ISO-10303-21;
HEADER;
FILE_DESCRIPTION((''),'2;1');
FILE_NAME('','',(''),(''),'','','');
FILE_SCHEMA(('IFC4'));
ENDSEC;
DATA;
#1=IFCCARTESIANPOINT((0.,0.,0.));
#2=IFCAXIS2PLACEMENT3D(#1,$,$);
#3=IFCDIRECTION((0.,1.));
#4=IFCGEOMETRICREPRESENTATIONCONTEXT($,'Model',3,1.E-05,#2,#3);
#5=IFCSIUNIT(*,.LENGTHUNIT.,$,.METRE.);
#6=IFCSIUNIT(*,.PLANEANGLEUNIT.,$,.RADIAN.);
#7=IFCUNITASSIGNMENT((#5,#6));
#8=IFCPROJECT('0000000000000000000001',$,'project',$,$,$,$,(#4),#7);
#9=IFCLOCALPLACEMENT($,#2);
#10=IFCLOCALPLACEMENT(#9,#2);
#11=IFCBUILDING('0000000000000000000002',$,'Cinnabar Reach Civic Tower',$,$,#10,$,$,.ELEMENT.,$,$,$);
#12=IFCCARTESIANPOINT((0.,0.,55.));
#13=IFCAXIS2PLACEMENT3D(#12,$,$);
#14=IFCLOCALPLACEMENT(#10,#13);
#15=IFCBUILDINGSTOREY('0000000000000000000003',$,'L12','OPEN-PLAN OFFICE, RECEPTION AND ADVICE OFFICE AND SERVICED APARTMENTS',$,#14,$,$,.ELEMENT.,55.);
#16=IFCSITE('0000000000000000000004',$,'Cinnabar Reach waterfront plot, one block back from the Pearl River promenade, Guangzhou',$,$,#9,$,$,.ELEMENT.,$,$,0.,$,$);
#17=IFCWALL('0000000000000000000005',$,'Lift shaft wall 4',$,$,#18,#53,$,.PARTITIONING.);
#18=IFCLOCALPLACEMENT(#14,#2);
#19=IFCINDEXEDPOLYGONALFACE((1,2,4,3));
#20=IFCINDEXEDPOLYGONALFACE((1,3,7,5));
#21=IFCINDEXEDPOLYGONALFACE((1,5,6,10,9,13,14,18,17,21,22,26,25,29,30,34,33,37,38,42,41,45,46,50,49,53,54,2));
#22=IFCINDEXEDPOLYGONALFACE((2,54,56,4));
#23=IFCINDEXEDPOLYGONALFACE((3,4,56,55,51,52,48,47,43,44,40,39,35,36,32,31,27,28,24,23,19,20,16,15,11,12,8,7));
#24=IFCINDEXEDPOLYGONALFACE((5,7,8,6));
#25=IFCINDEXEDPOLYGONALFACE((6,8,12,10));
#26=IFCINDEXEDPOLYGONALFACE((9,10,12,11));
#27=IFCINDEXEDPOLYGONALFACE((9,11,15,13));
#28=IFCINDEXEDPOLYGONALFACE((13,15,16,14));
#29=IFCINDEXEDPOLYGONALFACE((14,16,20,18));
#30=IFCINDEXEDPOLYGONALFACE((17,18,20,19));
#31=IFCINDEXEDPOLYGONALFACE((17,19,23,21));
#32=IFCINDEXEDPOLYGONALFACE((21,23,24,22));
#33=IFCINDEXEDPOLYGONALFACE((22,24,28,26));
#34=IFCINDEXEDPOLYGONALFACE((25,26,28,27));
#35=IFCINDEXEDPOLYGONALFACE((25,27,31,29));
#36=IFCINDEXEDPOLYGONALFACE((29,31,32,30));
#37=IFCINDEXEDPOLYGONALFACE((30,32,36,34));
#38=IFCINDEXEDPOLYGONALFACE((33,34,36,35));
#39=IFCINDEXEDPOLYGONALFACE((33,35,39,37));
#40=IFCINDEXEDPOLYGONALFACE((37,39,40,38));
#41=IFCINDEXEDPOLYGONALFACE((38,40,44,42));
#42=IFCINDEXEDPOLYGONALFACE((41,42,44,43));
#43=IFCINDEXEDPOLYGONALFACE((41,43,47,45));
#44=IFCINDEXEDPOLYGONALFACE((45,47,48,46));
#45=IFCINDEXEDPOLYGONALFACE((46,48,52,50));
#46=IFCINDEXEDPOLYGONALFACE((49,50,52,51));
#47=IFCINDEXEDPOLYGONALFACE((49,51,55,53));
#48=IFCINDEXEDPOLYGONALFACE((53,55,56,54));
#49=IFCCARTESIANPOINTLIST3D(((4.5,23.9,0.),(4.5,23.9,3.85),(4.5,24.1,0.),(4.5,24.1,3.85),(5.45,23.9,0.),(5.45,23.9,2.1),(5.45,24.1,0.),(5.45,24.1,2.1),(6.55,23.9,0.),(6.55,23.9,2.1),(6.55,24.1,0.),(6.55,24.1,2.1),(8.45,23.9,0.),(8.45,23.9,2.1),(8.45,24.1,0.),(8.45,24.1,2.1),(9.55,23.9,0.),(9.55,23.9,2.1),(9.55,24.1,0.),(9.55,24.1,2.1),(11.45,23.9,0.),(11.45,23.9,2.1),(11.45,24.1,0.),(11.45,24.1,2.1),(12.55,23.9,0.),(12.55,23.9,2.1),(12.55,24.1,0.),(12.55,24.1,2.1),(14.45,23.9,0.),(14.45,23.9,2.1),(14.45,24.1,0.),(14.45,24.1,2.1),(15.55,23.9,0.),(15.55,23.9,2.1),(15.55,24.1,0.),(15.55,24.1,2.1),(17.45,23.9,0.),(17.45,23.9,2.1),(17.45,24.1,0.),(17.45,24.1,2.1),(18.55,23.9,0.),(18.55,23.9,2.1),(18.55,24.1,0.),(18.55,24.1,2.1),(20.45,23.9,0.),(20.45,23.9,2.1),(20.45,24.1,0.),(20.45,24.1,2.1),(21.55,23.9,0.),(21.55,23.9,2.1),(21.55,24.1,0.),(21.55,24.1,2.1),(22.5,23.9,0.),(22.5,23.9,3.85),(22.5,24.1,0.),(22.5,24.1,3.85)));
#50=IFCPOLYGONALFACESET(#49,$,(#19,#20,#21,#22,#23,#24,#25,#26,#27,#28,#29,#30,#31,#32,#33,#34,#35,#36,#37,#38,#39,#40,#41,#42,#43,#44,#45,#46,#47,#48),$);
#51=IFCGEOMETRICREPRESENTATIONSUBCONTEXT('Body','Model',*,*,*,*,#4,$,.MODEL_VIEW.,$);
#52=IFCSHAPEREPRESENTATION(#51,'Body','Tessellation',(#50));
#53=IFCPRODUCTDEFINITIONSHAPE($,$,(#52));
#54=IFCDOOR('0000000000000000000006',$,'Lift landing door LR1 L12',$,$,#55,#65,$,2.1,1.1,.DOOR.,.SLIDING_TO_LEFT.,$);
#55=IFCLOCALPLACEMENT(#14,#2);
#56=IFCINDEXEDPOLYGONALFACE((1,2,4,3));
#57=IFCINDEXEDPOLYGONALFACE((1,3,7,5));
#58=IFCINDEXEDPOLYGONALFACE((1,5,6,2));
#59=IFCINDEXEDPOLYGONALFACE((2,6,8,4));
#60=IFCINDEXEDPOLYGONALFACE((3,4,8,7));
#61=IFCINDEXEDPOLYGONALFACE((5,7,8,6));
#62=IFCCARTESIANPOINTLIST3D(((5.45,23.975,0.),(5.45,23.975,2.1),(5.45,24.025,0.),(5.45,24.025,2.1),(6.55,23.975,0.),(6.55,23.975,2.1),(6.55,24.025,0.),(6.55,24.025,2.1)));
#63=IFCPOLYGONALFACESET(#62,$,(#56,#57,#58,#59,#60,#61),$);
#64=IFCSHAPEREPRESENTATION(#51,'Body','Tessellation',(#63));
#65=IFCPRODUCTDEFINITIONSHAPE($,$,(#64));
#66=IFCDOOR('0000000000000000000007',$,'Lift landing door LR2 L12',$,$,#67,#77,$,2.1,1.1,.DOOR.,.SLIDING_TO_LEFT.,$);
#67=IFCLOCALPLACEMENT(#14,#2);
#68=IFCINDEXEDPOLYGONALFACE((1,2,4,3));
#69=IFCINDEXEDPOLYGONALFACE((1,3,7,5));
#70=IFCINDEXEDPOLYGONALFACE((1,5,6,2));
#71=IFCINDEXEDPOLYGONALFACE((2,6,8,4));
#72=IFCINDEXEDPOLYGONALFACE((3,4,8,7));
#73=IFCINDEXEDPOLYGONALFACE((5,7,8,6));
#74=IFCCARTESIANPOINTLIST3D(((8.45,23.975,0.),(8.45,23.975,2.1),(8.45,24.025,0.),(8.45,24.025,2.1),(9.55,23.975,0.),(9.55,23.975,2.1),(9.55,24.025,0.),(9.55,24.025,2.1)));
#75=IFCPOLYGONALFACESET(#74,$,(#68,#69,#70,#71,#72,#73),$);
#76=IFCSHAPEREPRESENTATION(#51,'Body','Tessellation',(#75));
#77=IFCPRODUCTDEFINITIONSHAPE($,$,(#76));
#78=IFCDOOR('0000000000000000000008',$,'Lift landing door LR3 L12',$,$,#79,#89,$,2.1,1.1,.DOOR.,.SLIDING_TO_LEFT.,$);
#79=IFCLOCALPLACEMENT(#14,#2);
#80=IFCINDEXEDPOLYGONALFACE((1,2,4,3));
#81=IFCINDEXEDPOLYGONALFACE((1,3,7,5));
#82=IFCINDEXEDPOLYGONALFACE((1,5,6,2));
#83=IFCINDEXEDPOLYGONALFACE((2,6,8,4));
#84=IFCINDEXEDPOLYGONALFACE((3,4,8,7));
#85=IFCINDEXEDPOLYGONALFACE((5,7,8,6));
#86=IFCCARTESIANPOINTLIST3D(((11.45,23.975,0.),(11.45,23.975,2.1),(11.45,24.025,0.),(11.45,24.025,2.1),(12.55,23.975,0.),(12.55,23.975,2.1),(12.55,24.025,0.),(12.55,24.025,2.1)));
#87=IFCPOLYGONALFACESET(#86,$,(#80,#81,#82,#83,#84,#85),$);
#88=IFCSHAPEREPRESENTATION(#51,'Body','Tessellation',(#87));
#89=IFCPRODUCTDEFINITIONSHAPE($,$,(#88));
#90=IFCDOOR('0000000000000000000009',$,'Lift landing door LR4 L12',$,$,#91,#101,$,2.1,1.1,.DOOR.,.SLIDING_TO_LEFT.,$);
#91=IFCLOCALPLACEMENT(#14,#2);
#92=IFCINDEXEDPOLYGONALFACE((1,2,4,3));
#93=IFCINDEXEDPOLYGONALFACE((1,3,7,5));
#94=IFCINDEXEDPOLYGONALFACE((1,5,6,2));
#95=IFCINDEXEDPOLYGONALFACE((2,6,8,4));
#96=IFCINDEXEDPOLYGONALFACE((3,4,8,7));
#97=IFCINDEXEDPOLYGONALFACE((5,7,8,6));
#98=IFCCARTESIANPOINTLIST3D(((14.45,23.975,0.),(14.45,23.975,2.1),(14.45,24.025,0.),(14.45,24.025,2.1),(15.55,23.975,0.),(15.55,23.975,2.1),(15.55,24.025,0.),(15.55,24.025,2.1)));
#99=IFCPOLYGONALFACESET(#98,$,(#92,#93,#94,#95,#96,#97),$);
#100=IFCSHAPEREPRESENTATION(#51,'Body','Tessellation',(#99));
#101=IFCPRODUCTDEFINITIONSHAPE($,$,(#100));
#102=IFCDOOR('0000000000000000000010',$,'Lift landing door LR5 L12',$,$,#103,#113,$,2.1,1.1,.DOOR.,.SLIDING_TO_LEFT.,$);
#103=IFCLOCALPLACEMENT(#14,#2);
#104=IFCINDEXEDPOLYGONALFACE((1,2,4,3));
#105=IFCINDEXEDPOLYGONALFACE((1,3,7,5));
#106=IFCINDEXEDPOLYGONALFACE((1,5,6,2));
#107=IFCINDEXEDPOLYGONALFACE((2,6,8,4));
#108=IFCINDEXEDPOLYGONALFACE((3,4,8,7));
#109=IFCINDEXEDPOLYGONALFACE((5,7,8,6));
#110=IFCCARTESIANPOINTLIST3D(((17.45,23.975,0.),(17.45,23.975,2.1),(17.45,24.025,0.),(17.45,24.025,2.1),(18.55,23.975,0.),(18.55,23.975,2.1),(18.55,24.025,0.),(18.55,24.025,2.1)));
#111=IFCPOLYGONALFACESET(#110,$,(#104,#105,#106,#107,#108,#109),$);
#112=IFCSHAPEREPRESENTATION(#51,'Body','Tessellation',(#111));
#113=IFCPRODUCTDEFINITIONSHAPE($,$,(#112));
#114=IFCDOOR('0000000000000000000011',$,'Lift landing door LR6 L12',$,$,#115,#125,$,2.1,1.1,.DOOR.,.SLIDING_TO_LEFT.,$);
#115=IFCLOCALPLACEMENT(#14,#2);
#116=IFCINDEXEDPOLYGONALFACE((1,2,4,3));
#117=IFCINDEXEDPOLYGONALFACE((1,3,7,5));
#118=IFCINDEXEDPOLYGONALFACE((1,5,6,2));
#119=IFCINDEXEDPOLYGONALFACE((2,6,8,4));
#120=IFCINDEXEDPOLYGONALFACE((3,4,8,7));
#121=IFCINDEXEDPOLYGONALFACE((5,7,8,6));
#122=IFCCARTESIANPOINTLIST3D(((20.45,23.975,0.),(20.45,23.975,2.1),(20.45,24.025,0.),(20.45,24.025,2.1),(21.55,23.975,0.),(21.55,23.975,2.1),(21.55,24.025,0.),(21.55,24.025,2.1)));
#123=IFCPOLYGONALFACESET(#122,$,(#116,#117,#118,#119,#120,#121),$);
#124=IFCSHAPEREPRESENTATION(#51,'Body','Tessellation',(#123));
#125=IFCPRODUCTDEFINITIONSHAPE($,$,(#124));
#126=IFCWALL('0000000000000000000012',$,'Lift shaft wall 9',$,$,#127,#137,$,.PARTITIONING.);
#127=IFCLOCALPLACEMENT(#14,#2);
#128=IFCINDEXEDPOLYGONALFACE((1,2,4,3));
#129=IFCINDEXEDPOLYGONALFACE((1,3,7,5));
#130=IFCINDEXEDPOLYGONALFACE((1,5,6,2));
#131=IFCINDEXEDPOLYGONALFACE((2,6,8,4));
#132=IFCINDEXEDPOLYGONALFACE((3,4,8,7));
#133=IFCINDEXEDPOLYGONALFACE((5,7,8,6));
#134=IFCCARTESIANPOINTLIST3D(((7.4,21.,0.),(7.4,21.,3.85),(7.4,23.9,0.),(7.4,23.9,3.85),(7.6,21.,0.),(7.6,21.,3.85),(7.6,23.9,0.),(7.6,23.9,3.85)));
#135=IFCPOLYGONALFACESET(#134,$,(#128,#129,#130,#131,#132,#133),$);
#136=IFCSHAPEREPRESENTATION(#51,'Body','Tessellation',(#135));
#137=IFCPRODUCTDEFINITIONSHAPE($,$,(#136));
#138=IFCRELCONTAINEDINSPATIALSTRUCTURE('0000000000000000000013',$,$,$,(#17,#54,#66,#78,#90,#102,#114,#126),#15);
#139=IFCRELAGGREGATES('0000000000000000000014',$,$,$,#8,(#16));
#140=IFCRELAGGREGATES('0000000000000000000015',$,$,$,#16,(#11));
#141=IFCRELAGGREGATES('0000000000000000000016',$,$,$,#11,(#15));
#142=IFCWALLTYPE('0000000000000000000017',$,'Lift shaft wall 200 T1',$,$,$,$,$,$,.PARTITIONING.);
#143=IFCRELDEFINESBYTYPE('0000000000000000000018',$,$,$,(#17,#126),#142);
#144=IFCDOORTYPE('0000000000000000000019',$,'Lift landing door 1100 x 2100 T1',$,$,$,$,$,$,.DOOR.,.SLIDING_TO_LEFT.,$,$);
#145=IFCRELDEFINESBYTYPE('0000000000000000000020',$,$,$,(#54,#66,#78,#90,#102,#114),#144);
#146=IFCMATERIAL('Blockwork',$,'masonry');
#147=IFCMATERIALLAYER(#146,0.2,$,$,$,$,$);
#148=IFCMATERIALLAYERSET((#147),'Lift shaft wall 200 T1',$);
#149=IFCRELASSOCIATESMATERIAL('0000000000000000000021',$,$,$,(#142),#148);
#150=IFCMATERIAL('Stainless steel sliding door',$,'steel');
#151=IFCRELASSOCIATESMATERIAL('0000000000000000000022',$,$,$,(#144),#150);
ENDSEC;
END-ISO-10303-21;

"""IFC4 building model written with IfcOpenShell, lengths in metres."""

from ifc_helpers import new_model, si_unit, direction, frame, frame_2d, origin, place, context, subcontext, project, spatial, rectangle, extrude, material, layer, layer_set, type_object, element, fill, save


model = new_model("IFC4")

# Units and contexts
model_context = context("Model", 3, precision=1e-05, world=origin(), true_north=direction((0.0, 1.0)))
body_context = subcontext(model_context, "Body", "Model", "MODEL_VIEW")
ifc_project = project(units=[si_unit("LENGTHUNIT", "METRE"), si_unit("PLANEANGLEUNIT", "RADIAN")], contexts=[model_context])

# Site, building, storey
site_placement = place(None, origin())
site = spatial("IfcSite", under=ifc_project, at=site_placement, Name="Cinnabar Reach waterfront plot, one block back from the Pearl River promenade, Guangzhou", CompositionType="ELEMENT", RefElevation=0.0)
building_placement = place(site_placement, origin())
building = spatial("IfcBuilding", under=site, at=building_placement, Name="Cinnabar Reach Civic Tower", CompositionType="ELEMENT")
storey_placement = place(building_placement, frame((0.0, 0.0, 55.0)))
storey = spatial("IfcBuildingStorey", under=building, at=storey_placement, Name="L12", Description="OPEN-PLAN OFFICE, RECEPTION AND ADVICE OFFICE AND SERVICED APARTMENTS", CompositionType="ELEMENT", Elevation=55.0)

# Wall, openings, doors
ifc_material_1 = material(Name="Blockwork", Category="masonry")
ifc_layer_1 = layer(ifc_material_1, 0.2)
ifc_layer_set_1 = layer_set([ifc_layer_1], Name="Lift shaft wall 200 T1")
wall_type_1 = type_object("IfcWallType", Name="Lift shaft wall 200 T1", PredefinedType="PARTITIONING", material=ifc_layer_set_1)
wall_1_placement = place(storey_placement, frame((4.5, 24.0, 0.0), z_axis=(0.0, 0.0, 1.0), x_axis=(1.0, 0.0, 0.0)))
wall_1 = element("IfcWall", 1, at=wall_1_placement, inside=storey, type_object=wall_type_1, Name="Lift shaft wall 4", PredefinedType="PARTITIONING", context=body_context, shape_type="SweptSolid", body=[
    extrude(rectangle(XDim=18.0, YDim=0.2, at=frame_2d((9.0, 0.0))), origin(), (0.0, 0.0, 1.0), 3.85),
])
opening_1_placement = place(wall_1_placement, frame((0.95, 0.0, 0.0)))
opening_1 = element("IfcOpeningElement", 2, at=opening_1_placement, cuts=wall_1, PredefinedType="OPENING", context=body_context, shape_type="SweptSolid", body=[
    extrude(rectangle(XDim=1.1, YDim=2.1, at=frame_2d((0.55, 1.05))), frame((0.0, 0.11, 0.0), z_axis=(0.0, -1.0, 0.0), x_axis=(1.0, 0.0, 0.0)), (0.0, 0.0, 1.0), 0.22),
])
opening_2_placement = place(wall_1_placement, frame((3.95, 0.0, 0.0)))
opening_2 = element("IfcOpeningElement", 3, at=opening_2_placement, cuts=wall_1, PredefinedType="OPENING", context=body_context, shape_type="SweptSolid", body=[
    extrude(rectangle(XDim=1.1, YDim=2.1, at=frame_2d((0.55, 1.05))), frame((0.0, 0.11, 0.0), z_axis=(0.0, -1.0, 0.0), x_axis=(1.0, 0.0, 0.0)), (0.0, 0.0, 1.0), 0.22),
])
opening_3_placement = place(wall_1_placement, frame((6.95, 0.0, 0.0)))
opening_3 = element("IfcOpeningElement", 4, at=opening_3_placement, cuts=wall_1, PredefinedType="OPENING", context=body_context, shape_type="SweptSolid", body=[
    extrude(rectangle(XDim=1.1, YDim=2.1, at=frame_2d((0.55, 1.05))), frame((0.0, 0.11, 0.0), z_axis=(0.0, -1.0, 0.0), x_axis=(1.0, 0.0, 0.0)), (0.0, 0.0, 1.0), 0.22),
])
opening_4_placement = place(wall_1_placement, frame((9.95, 0.0, 0.0)))
opening_4 = element("IfcOpeningElement", 5, at=opening_4_placement, cuts=wall_1, PredefinedType="OPENING", context=body_context, shape_type="SweptSolid", body=[
    extrude(rectangle(XDim=1.1, YDim=2.1, at=frame_2d((0.55, 1.05))), frame((0.0, 0.11, 0.0), z_axis=(0.0, -1.0, 0.0), x_axis=(1.0, 0.0, 0.0)), (0.0, 0.0, 1.0), 0.22),
])
opening_5_placement = place(wall_1_placement, frame((12.95, 0.0, 0.0)))
opening_5 = element("IfcOpeningElement", 6, at=opening_5_placement, cuts=wall_1, PredefinedType="OPENING", context=body_context, shape_type="SweptSolid", body=[
    extrude(rectangle(XDim=1.1, YDim=2.1, at=frame_2d((0.55, 1.05))), frame((0.0, 0.11, 0.0), z_axis=(0.0, -1.0, 0.0), x_axis=(1.0, 0.0, 0.0)), (0.0, 0.0, 1.0), 0.22),
])
opening_6_placement = place(wall_1_placement, frame((15.95, 0.0, 0.0)))
opening_6 = element("IfcOpeningElement", 7, at=opening_6_placement, cuts=wall_1, PredefinedType="OPENING", context=body_context, shape_type="SweptSolid", body=[
    extrude(rectangle(XDim=1.1, YDim=2.1, at=frame_2d((0.55, 1.05))), frame((0.0, 0.11, 0.0), z_axis=(0.0, -1.0, 0.0), x_axis=(1.0, 0.0, 0.0)), (0.0, 0.0, 1.0), 0.22),
])
ifc_material_2 = material(Name="Stainless steel sliding door", Category="steel")
door_type_1 = type_object("IfcDoorType", Name="Lift landing door 1100 x 2100 T1", OperationType="SLIDING_TO_LEFT", PredefinedType="DOOR", material=ifc_material_2)
door_1_placement = place(opening_1_placement, origin())
door_1 = element("IfcDoor", 8, at=door_1_placement, inside=storey, type_object=door_type_1, Name="Lift landing door LR1 L12", OperationType="SLIDING_TO_LEFT", OverallHeight=2.1, OverallWidth=1.1, PredefinedType="DOOR", context=body_context, shape_type="SweptSolid", body=[
    extrude(rectangle(XDim=1.1, YDim=2.1, at=frame_2d((0.55, 1.05))), frame((0.0, 0.025, 0.0), z_axis=(0.0, -1.0, 0.0), x_axis=(1.0, 0.0, 0.0)), (0.0, 0.0, 1.0), 0.05),
])
fill(opening_1, door_1)
door_2_placement = place(opening_2_placement, origin())
door_2 = element("IfcDoor", 9, at=door_2_placement, inside=storey, type_object=door_type_1, Name="Lift landing door LR2 L12", OperationType="SLIDING_TO_LEFT", OverallHeight=2.1, OverallWidth=1.1, PredefinedType="DOOR", context=body_context, shape_type="SweptSolid", body=[
    extrude(rectangle(XDim=1.1, YDim=2.1, at=frame_2d((0.55, 1.05))), frame((0.0, 0.025, 0.0), z_axis=(0.0, -1.0, 0.0), x_axis=(1.0, 0.0, 0.0)), (0.0, 0.0, 1.0), 0.05),
])
fill(opening_2, door_2)
door_3_placement = place(opening_3_placement, origin())
door_3 = element("IfcDoor", 10, at=door_3_placement, inside=storey, type_object=door_type_1, Name="Lift landing door LR3 L12", OperationType="SLIDING_TO_LEFT", OverallHeight=2.1, OverallWidth=1.1, PredefinedType="DOOR", context=body_context, shape_type="SweptSolid", body=[
    extrude(rectangle(XDim=1.1, YDim=2.1, at=frame_2d((0.55, 1.05))), frame((0.0, 0.025, 0.0), z_axis=(0.0, -1.0, 0.0), x_axis=(1.0, 0.0, 0.0)), (0.0, 0.0, 1.0), 0.05),
])
fill(opening_3, door_3)
door_4_placement = place(opening_4_placement, origin())
door_4 = element("IfcDoor", 11, at=door_4_placement, inside=storey, type_object=door_type_1, Name="Lift landing door LR4 L12", OperationType="SLIDING_TO_LEFT", OverallHeight=2.1, OverallWidth=1.1, PredefinedType="DOOR", context=body_context, shape_type="SweptSolid", body=[
    extrude(rectangle(XDim=1.1, YDim=2.1, at=frame_2d((0.55, 1.05))), frame((0.0, 0.025, 0.0), z_axis=(0.0, -1.0, 0.0), x_axis=(1.0, 0.0, 0.0)), (0.0, 0.0, 1.0), 0.05),
])
fill(opening_4, door_4)
door_5_placement = place(opening_5_placement, origin())
door_5 = element("IfcDoor", 12, at=door_5_placement, inside=storey, type_object=door_type_1, Name="Lift landing door LR5 L12", OperationType="SLIDING_TO_LEFT", OverallHeight=2.1, OverallWidth=1.1, PredefinedType="DOOR", context=body_context, shape_type="SweptSolid", body=[
    extrude(rectangle(XDim=1.1, YDim=2.1, at=frame_2d((0.55, 1.05))), frame((0.0, 0.025, 0.0), z_axis=(0.0, -1.0, 0.0), x_axis=(1.0, 0.0, 0.0)), (0.0, 0.0, 1.0), 0.05),
])
fill(opening_5, door_5)
door_6_placement = place(opening_6_placement, origin())
door_6 = element("IfcDoor", 13, at=door_6_placement, inside=storey, type_object=door_type_1, Name="Lift landing door LR6 L12", OperationType="SLIDING_TO_LEFT", OverallHeight=2.1, OverallWidth=1.1, PredefinedType="DOOR", context=body_context, shape_type="SweptSolid", body=[
    extrude(rectangle(XDim=1.1, YDim=2.1, at=frame_2d((0.55, 1.05))), frame((0.0, 0.025, 0.0), z_axis=(0.0, -1.0, 0.0), x_axis=(1.0, 0.0, 0.0)), (0.0, 0.0, 1.0), 0.05),
])
fill(opening_6, door_6)

# Wall
wall_2_placement = place(storey_placement, frame((7.5, 21.0, 0.0), z_axis=(0.0, 0.0, 1.0), x_axis=(0.0, 1.0, 0.0)))
element("IfcWall", 14, at=wall_2_placement, inside=storey, type_object=wall_type_1, Name="Lift shaft wall 9", PredefinedType="PARTITIONING", context=body_context, shape_type="SweptSolid", body=[
    extrude(rectangle(XDim=2.9, YDim=0.2, at=frame_2d((1.45, 0.0))), origin(), (0.0, 0.0, 1.0), 3.85),
])

save(model, "model.ifc")
